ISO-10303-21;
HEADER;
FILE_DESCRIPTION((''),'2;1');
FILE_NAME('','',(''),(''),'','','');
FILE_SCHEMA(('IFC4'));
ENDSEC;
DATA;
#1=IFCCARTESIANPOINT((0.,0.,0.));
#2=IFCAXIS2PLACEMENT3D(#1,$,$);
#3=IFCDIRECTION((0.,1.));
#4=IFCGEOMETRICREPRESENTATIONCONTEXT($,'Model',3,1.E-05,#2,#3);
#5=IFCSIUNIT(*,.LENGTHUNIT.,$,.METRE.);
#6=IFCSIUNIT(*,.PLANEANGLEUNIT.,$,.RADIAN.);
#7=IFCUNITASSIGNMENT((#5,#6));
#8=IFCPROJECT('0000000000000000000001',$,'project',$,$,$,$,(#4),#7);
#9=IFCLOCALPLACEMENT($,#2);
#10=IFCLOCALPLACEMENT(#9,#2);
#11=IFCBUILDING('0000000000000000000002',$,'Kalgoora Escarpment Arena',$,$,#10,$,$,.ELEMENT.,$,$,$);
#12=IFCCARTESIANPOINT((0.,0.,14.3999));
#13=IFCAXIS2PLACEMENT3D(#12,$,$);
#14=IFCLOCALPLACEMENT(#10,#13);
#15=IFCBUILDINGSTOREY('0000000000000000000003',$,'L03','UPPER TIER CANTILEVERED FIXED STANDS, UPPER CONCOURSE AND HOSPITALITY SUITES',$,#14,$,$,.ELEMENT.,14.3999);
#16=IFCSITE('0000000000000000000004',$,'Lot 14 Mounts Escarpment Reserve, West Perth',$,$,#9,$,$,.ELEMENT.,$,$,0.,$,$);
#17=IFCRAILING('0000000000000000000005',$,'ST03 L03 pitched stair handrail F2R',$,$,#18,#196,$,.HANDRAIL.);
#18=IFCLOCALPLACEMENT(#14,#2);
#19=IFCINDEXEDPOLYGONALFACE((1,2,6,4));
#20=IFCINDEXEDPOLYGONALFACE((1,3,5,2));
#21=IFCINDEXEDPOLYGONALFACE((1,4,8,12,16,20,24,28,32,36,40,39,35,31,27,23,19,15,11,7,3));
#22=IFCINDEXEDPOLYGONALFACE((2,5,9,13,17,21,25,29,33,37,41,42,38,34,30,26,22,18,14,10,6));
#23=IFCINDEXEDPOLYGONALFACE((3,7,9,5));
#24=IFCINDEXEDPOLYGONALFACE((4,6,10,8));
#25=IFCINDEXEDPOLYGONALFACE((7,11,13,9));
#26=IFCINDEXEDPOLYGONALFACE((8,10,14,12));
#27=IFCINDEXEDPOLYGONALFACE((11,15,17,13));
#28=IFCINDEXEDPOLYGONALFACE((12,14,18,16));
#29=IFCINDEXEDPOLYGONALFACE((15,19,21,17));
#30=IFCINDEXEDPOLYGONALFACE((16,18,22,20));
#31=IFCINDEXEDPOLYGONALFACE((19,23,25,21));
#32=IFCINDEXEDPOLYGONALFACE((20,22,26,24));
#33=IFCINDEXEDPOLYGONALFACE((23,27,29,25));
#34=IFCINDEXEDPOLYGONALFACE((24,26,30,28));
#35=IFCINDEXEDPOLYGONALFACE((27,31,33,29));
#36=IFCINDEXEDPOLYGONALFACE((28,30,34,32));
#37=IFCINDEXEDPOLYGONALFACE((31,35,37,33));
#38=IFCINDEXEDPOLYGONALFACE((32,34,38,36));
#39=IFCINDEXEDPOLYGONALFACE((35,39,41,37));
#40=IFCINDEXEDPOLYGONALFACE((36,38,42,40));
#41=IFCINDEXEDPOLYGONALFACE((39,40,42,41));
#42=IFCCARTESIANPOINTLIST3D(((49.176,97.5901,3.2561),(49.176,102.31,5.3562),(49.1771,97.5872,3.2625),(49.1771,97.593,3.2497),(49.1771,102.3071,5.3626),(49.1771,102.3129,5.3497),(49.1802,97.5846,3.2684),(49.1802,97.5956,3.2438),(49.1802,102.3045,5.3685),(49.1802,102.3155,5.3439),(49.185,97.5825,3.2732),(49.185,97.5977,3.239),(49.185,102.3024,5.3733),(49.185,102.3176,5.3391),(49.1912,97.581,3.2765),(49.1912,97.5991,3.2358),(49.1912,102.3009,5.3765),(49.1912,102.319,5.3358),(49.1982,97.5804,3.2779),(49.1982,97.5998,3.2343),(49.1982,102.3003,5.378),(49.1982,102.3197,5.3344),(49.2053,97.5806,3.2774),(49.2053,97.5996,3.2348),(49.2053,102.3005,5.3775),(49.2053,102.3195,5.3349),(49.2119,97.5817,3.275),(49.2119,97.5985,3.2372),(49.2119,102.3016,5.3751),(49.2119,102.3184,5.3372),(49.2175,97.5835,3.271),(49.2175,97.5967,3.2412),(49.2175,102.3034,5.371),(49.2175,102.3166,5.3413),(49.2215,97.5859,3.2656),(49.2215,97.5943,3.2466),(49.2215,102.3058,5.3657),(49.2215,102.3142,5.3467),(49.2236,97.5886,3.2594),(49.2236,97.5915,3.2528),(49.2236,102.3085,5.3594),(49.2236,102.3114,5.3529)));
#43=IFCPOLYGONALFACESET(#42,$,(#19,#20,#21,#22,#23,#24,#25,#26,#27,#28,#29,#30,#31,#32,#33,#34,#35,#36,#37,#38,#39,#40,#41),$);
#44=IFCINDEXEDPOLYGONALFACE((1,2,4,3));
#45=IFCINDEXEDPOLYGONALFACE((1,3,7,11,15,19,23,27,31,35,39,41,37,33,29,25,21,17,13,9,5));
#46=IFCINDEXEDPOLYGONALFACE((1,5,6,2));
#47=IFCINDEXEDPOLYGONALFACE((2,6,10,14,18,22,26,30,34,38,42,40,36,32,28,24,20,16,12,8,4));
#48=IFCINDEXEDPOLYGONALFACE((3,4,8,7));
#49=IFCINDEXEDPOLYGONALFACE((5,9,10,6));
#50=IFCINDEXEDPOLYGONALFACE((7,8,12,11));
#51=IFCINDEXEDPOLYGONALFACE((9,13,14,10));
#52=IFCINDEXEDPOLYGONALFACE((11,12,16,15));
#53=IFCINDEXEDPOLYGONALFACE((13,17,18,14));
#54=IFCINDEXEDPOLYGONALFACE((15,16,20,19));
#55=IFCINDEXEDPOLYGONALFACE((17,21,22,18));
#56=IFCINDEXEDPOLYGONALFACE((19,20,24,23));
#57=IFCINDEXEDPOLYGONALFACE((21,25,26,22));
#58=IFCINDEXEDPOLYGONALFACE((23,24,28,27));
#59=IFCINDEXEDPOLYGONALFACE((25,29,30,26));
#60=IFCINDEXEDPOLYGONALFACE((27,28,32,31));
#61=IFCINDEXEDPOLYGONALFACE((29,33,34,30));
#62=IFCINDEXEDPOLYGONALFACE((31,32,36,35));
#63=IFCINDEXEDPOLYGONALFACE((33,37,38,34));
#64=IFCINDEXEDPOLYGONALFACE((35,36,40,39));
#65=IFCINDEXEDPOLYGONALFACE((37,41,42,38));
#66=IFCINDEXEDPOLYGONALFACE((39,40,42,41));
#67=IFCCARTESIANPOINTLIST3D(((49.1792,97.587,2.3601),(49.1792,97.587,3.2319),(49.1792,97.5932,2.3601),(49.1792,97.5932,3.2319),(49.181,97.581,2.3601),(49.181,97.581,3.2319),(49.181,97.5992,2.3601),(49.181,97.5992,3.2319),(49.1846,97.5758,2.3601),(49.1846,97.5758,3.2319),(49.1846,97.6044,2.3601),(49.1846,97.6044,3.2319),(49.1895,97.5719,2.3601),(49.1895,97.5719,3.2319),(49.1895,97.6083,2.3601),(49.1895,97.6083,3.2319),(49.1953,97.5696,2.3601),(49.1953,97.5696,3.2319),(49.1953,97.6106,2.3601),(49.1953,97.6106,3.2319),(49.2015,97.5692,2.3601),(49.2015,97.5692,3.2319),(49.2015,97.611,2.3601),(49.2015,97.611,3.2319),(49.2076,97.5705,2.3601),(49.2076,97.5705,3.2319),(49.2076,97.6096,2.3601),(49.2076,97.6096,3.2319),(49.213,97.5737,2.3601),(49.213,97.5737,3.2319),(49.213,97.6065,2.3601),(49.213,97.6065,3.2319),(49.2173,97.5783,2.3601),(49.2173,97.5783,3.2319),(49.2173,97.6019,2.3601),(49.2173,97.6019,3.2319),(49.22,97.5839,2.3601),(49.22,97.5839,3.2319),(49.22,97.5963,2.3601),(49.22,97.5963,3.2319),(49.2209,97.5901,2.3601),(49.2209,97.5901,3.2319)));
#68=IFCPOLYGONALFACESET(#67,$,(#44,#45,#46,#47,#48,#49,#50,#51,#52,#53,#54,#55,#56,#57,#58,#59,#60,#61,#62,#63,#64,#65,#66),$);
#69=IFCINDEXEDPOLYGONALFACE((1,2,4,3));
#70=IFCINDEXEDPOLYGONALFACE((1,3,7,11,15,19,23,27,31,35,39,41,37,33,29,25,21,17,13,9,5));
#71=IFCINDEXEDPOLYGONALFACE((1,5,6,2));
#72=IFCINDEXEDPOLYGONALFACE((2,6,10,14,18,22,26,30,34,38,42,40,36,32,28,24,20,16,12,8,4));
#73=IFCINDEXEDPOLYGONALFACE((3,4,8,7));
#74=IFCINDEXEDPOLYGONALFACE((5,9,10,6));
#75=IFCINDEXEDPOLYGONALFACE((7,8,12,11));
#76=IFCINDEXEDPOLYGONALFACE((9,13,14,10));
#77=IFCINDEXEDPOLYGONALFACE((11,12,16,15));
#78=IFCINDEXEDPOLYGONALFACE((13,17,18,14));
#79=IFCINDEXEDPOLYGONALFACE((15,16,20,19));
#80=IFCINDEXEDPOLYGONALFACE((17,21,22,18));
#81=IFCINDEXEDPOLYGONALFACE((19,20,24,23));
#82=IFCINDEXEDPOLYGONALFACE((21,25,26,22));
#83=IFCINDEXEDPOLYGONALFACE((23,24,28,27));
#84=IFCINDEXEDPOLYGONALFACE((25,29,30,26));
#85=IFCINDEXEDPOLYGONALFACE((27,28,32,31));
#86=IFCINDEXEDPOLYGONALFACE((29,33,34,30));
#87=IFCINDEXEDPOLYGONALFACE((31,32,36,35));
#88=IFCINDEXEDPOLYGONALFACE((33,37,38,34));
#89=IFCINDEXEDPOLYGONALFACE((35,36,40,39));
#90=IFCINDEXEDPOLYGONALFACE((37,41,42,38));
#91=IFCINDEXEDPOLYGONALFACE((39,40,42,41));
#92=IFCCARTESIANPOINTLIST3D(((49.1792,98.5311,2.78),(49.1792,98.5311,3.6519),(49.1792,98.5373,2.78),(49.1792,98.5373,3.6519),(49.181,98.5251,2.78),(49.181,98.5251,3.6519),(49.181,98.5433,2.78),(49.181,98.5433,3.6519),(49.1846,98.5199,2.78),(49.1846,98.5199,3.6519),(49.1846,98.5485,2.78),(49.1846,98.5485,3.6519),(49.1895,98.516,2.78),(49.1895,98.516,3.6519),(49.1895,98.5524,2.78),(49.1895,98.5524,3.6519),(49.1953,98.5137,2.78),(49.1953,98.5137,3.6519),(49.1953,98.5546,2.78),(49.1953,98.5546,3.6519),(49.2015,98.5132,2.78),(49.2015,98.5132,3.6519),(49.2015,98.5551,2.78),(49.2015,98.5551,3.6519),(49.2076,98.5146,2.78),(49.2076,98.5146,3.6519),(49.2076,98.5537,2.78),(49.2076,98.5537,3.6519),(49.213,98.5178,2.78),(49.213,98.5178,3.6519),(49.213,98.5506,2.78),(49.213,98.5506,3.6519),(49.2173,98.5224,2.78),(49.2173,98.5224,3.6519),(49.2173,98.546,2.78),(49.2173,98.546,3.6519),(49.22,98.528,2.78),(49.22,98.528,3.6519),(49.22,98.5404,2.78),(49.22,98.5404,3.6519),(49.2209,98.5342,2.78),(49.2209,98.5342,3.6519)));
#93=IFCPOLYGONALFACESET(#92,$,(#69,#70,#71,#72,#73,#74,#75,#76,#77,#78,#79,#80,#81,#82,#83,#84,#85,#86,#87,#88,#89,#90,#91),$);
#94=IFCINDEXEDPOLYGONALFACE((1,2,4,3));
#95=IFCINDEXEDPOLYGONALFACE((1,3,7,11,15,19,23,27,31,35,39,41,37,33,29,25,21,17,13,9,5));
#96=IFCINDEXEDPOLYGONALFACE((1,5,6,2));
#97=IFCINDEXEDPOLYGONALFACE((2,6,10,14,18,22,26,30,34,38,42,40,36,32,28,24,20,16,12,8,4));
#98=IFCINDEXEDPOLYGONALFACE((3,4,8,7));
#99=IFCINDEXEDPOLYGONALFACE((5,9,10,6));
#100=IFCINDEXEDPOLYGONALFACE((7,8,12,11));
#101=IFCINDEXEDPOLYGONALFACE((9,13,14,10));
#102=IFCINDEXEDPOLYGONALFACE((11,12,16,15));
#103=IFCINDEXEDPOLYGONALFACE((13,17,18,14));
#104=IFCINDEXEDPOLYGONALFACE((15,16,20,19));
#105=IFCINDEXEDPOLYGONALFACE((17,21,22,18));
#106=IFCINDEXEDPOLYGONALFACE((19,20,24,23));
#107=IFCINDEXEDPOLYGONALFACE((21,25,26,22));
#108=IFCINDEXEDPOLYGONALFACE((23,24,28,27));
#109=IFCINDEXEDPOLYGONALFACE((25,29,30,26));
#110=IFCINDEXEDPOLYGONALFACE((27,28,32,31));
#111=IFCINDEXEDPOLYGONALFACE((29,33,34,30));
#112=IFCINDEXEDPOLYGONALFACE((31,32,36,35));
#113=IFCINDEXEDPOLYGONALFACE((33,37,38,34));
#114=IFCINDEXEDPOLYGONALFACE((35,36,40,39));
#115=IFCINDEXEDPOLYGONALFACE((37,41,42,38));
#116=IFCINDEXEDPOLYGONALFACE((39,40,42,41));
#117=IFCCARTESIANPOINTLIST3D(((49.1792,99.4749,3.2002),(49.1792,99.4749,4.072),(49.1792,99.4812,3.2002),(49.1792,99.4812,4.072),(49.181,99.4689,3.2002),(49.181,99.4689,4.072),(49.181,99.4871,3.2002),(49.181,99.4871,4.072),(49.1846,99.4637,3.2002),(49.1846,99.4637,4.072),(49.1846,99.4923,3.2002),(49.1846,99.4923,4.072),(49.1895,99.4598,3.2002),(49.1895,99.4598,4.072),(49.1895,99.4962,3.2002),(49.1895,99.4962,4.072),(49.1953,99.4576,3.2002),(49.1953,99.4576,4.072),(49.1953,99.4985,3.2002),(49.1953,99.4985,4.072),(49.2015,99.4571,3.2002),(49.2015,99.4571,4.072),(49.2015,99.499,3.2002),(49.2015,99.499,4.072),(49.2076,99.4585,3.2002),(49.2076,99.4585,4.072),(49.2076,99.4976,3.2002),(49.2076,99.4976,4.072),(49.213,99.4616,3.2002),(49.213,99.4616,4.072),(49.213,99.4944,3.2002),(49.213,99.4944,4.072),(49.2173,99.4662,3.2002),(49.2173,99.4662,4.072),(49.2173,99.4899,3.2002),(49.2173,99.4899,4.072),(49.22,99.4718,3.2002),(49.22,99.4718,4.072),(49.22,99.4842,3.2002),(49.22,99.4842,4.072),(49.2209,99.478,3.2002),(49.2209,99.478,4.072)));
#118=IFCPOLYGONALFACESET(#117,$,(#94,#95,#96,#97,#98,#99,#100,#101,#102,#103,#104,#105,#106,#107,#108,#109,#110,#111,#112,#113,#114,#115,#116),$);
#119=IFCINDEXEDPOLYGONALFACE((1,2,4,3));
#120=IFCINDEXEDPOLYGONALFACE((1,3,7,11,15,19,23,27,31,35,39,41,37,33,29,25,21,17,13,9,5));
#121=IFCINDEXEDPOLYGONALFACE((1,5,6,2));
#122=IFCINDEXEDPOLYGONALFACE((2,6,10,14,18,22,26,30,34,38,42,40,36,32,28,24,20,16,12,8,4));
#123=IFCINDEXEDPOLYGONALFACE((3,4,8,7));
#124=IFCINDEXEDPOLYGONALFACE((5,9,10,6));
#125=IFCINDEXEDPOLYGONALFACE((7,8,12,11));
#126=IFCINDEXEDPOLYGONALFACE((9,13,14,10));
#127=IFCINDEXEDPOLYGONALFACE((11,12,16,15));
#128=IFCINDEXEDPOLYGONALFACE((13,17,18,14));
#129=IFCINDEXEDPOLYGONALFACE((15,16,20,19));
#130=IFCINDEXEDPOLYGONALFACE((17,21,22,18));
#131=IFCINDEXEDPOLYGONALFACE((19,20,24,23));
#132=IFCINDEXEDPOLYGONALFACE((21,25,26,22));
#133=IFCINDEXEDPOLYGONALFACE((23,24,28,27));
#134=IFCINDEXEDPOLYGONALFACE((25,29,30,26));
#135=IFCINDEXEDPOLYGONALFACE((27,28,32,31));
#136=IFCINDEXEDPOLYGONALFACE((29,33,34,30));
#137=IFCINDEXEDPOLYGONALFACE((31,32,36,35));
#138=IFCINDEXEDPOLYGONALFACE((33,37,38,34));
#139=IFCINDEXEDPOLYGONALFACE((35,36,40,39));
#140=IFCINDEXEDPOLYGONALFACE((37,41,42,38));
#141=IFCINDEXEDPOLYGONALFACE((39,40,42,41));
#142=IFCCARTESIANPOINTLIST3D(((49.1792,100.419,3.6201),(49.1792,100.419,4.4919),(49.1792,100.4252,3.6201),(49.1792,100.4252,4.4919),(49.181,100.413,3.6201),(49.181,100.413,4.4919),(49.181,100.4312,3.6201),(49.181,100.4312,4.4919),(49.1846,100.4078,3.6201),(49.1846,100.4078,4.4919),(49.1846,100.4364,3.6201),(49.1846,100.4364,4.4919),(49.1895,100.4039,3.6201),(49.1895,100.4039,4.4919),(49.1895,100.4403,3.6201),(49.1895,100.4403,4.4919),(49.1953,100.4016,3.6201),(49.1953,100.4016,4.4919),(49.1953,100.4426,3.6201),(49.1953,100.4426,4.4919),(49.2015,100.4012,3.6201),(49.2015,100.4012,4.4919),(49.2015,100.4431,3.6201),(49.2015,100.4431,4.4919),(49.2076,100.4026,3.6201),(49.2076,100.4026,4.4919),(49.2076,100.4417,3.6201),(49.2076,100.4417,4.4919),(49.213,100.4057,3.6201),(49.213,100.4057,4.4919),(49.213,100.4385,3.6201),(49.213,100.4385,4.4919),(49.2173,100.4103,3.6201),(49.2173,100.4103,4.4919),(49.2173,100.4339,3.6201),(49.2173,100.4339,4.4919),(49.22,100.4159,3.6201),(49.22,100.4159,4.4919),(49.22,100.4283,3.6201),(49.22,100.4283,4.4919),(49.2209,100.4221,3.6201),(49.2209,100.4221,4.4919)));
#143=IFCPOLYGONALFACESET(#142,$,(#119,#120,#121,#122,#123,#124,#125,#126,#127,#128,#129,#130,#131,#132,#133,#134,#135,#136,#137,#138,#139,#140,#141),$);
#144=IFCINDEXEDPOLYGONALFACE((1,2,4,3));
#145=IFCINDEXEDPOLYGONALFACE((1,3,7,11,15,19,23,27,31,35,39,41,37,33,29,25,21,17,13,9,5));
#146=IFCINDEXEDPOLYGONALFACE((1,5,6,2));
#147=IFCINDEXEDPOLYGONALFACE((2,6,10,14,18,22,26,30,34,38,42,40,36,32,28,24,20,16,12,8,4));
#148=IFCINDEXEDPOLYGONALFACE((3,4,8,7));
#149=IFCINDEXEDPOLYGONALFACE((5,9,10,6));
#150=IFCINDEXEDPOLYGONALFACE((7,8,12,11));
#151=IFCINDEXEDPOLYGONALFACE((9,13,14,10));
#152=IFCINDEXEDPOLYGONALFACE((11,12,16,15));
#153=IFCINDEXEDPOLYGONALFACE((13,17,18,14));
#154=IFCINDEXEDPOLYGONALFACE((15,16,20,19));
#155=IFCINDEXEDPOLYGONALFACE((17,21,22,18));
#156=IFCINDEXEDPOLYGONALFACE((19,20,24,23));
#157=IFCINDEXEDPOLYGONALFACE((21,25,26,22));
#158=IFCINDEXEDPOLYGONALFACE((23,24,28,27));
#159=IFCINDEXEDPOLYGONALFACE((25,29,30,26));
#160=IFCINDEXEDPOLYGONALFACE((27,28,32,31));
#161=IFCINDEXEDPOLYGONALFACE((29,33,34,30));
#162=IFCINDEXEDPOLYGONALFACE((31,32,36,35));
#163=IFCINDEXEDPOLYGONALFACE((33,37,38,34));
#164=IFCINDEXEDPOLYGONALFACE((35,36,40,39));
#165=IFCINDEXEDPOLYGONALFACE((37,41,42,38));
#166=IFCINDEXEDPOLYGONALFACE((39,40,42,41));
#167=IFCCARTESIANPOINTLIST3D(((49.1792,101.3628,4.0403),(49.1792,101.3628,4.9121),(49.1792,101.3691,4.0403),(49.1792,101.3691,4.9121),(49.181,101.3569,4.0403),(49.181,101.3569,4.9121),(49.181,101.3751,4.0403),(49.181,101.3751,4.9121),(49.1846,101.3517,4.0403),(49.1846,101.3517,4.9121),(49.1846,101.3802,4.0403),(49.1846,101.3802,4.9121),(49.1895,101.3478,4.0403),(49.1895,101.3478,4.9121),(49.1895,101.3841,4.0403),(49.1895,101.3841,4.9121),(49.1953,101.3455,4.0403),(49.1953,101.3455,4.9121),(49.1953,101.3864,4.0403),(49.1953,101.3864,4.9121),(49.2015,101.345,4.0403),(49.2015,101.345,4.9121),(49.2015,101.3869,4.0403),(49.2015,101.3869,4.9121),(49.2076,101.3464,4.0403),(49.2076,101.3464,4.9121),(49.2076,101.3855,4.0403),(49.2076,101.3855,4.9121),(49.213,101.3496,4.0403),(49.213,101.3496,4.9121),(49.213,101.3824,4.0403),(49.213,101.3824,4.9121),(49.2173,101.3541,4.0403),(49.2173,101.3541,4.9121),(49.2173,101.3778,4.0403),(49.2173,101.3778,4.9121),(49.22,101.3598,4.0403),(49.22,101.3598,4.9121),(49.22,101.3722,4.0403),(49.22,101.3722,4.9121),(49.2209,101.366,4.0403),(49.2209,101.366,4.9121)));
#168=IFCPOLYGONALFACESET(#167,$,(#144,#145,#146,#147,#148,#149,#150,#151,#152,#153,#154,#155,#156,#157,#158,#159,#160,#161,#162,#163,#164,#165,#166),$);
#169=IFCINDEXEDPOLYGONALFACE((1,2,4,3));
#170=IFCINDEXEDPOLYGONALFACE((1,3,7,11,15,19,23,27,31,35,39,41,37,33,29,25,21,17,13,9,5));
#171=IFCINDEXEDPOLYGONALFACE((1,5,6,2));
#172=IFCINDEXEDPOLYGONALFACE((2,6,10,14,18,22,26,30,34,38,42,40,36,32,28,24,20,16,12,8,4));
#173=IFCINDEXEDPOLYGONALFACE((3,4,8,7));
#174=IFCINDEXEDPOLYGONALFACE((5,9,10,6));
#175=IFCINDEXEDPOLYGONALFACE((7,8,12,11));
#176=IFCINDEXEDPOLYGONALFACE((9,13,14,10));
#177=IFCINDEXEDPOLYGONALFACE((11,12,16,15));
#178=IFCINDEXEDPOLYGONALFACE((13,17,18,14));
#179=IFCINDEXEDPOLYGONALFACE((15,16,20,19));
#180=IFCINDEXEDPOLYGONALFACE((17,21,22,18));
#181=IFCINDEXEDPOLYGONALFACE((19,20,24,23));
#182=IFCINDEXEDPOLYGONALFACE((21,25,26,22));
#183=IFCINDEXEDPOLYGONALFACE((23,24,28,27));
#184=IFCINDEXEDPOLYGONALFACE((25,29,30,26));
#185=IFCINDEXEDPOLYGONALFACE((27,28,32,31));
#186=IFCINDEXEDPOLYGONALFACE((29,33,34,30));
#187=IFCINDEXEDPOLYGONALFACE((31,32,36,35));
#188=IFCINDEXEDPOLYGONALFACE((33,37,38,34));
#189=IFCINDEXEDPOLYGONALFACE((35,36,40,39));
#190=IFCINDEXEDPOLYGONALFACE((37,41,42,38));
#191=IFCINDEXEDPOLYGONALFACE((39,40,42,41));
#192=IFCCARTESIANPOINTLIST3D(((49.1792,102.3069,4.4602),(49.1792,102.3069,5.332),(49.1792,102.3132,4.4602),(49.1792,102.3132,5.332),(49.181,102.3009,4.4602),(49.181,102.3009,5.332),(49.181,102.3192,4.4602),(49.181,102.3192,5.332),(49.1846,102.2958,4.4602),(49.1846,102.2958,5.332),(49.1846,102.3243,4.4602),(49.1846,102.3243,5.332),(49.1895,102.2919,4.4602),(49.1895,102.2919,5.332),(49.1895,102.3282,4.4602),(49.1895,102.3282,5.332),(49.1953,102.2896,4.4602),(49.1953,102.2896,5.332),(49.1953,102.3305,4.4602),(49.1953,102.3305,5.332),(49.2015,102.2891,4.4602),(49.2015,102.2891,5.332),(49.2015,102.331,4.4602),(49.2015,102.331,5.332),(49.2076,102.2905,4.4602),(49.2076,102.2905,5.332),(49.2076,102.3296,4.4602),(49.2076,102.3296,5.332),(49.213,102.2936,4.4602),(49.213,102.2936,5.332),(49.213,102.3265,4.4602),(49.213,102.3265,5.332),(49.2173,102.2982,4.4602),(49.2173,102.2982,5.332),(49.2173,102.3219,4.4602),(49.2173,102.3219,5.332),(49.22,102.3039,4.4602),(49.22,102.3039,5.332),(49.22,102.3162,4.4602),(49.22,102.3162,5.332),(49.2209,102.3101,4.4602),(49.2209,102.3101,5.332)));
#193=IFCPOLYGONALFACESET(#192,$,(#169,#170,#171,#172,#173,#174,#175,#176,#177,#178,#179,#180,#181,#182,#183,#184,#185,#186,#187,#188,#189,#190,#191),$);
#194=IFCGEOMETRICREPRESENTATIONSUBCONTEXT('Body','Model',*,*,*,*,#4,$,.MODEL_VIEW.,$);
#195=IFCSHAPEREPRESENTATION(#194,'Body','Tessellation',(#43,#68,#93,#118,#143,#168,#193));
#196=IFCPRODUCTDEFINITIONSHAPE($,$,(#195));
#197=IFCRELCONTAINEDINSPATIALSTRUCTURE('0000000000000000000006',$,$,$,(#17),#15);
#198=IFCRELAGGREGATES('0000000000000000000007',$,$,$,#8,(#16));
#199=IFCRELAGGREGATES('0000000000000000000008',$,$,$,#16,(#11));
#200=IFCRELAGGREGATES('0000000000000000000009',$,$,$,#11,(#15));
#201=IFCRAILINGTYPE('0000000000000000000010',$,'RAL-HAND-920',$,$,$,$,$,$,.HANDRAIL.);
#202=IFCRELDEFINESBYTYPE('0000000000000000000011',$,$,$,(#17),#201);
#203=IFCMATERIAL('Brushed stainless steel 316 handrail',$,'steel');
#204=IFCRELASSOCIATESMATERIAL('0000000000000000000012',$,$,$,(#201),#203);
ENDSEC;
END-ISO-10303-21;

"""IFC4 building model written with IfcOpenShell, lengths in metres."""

from ifc_helpers import new_model, si_unit, direction, frame, origin, origin_2d, place, context, subcontext, project, spatial, circle, extrude, material, type_object, element, save


model = new_model("IFC4")

# Units and contexts
model_context = context("Model", 3, precision=1e-05, world=origin(), true_north=direction((0.0, 1.0)))
body_context = subcontext(model_context, "Body", "Model", "MODEL_VIEW")
ifc_project = project(units=[si_unit("LENGTHUNIT", "METRE"), si_unit("PLANEANGLEUNIT", "RADIAN")], contexts=[model_context])

# Site, building, storey
site_placement = place(None, origin())
site = spatial("IfcSite", under=ifc_project, at=site_placement, Name="Lot 14 Mounts Escarpment Reserve, West Perth", CompositionType="ELEMENT", RefElevation=0.0)
building_placement = place(site_placement, origin())
building = spatial("IfcBuilding", under=site, at=building_placement, Name="Kalgoora Escarpment Arena", CompositionType="ELEMENT")
storey_placement = place(building_placement, frame((0.0, 0.0, 14.3999)))
storey = spatial("IfcBuildingStorey", under=building, at=storey_placement, Name="L03", Description="UPPER TIER CANTILEVERED FIXED STANDS, UPPER CONCOURSE AND HOSPITALITY SUITES", CompositionType="ELEMENT", Elevation=14.3999)

# Railing
ifc_material_1 = material(Name="Brushed stainless steel 316 handrail", Category="steel")
railing_type = type_object("IfcRailingType", Name="RAL-HAND-920", PredefinedType="HANDRAIL", material=ifc_material_1)
railing_placement = place(storey_placement, frame((49.2, 97.5901, 2.3601)))
element("IfcRailing", 1, at=railing_placement, inside=storey, type_object=railing_type, Name="ST03 L03 pitched stair handrail F2R", PredefinedType="HANDRAIL", context=body_context, shape_type="SweptSolid", body=[
    extrude(circle(Radius=0.0239, at=origin_2d()), frame((0.0, 0.0, 0.896), z_axis=(0.0, 0.913644, 0.406516), x_axis=(-1.0, 0.0, 0.0)), (0.0, 0.0, 1.0), 5.166),
    extrude(circle(Radius=0.021, at=origin_2d()), origin(), (0.0, 0.0, 1.0), 0.8718),
    extrude(circle(Radius=0.021, at=origin_2d()), frame((0.0, 0.9441, 0.4199)), (0.0, 0.0, 1.0), 0.8718),
    extrude(circle(Radius=0.021, at=origin_2d()), frame((0.0, 1.8879, 0.8401)), (0.0, 0.0, 1.0), 0.8718),
    extrude(circle(Radius=0.021, at=origin_2d()), frame((0.0, 2.832, 1.26)), (0.0, 0.0, 1.0), 0.8718),
    extrude(circle(Radius=0.021, at=origin_2d()), frame((0.0, 3.7759, 1.6802)), (0.0, 0.0, 1.0), 0.8718),
    extrude(circle(Radius=0.021, at=origin_2d()), frame((0.0, 4.72, 2.1001)), (0.0, 0.0, 1.0), 0.8718),
])

save(model, "model.ifc")
